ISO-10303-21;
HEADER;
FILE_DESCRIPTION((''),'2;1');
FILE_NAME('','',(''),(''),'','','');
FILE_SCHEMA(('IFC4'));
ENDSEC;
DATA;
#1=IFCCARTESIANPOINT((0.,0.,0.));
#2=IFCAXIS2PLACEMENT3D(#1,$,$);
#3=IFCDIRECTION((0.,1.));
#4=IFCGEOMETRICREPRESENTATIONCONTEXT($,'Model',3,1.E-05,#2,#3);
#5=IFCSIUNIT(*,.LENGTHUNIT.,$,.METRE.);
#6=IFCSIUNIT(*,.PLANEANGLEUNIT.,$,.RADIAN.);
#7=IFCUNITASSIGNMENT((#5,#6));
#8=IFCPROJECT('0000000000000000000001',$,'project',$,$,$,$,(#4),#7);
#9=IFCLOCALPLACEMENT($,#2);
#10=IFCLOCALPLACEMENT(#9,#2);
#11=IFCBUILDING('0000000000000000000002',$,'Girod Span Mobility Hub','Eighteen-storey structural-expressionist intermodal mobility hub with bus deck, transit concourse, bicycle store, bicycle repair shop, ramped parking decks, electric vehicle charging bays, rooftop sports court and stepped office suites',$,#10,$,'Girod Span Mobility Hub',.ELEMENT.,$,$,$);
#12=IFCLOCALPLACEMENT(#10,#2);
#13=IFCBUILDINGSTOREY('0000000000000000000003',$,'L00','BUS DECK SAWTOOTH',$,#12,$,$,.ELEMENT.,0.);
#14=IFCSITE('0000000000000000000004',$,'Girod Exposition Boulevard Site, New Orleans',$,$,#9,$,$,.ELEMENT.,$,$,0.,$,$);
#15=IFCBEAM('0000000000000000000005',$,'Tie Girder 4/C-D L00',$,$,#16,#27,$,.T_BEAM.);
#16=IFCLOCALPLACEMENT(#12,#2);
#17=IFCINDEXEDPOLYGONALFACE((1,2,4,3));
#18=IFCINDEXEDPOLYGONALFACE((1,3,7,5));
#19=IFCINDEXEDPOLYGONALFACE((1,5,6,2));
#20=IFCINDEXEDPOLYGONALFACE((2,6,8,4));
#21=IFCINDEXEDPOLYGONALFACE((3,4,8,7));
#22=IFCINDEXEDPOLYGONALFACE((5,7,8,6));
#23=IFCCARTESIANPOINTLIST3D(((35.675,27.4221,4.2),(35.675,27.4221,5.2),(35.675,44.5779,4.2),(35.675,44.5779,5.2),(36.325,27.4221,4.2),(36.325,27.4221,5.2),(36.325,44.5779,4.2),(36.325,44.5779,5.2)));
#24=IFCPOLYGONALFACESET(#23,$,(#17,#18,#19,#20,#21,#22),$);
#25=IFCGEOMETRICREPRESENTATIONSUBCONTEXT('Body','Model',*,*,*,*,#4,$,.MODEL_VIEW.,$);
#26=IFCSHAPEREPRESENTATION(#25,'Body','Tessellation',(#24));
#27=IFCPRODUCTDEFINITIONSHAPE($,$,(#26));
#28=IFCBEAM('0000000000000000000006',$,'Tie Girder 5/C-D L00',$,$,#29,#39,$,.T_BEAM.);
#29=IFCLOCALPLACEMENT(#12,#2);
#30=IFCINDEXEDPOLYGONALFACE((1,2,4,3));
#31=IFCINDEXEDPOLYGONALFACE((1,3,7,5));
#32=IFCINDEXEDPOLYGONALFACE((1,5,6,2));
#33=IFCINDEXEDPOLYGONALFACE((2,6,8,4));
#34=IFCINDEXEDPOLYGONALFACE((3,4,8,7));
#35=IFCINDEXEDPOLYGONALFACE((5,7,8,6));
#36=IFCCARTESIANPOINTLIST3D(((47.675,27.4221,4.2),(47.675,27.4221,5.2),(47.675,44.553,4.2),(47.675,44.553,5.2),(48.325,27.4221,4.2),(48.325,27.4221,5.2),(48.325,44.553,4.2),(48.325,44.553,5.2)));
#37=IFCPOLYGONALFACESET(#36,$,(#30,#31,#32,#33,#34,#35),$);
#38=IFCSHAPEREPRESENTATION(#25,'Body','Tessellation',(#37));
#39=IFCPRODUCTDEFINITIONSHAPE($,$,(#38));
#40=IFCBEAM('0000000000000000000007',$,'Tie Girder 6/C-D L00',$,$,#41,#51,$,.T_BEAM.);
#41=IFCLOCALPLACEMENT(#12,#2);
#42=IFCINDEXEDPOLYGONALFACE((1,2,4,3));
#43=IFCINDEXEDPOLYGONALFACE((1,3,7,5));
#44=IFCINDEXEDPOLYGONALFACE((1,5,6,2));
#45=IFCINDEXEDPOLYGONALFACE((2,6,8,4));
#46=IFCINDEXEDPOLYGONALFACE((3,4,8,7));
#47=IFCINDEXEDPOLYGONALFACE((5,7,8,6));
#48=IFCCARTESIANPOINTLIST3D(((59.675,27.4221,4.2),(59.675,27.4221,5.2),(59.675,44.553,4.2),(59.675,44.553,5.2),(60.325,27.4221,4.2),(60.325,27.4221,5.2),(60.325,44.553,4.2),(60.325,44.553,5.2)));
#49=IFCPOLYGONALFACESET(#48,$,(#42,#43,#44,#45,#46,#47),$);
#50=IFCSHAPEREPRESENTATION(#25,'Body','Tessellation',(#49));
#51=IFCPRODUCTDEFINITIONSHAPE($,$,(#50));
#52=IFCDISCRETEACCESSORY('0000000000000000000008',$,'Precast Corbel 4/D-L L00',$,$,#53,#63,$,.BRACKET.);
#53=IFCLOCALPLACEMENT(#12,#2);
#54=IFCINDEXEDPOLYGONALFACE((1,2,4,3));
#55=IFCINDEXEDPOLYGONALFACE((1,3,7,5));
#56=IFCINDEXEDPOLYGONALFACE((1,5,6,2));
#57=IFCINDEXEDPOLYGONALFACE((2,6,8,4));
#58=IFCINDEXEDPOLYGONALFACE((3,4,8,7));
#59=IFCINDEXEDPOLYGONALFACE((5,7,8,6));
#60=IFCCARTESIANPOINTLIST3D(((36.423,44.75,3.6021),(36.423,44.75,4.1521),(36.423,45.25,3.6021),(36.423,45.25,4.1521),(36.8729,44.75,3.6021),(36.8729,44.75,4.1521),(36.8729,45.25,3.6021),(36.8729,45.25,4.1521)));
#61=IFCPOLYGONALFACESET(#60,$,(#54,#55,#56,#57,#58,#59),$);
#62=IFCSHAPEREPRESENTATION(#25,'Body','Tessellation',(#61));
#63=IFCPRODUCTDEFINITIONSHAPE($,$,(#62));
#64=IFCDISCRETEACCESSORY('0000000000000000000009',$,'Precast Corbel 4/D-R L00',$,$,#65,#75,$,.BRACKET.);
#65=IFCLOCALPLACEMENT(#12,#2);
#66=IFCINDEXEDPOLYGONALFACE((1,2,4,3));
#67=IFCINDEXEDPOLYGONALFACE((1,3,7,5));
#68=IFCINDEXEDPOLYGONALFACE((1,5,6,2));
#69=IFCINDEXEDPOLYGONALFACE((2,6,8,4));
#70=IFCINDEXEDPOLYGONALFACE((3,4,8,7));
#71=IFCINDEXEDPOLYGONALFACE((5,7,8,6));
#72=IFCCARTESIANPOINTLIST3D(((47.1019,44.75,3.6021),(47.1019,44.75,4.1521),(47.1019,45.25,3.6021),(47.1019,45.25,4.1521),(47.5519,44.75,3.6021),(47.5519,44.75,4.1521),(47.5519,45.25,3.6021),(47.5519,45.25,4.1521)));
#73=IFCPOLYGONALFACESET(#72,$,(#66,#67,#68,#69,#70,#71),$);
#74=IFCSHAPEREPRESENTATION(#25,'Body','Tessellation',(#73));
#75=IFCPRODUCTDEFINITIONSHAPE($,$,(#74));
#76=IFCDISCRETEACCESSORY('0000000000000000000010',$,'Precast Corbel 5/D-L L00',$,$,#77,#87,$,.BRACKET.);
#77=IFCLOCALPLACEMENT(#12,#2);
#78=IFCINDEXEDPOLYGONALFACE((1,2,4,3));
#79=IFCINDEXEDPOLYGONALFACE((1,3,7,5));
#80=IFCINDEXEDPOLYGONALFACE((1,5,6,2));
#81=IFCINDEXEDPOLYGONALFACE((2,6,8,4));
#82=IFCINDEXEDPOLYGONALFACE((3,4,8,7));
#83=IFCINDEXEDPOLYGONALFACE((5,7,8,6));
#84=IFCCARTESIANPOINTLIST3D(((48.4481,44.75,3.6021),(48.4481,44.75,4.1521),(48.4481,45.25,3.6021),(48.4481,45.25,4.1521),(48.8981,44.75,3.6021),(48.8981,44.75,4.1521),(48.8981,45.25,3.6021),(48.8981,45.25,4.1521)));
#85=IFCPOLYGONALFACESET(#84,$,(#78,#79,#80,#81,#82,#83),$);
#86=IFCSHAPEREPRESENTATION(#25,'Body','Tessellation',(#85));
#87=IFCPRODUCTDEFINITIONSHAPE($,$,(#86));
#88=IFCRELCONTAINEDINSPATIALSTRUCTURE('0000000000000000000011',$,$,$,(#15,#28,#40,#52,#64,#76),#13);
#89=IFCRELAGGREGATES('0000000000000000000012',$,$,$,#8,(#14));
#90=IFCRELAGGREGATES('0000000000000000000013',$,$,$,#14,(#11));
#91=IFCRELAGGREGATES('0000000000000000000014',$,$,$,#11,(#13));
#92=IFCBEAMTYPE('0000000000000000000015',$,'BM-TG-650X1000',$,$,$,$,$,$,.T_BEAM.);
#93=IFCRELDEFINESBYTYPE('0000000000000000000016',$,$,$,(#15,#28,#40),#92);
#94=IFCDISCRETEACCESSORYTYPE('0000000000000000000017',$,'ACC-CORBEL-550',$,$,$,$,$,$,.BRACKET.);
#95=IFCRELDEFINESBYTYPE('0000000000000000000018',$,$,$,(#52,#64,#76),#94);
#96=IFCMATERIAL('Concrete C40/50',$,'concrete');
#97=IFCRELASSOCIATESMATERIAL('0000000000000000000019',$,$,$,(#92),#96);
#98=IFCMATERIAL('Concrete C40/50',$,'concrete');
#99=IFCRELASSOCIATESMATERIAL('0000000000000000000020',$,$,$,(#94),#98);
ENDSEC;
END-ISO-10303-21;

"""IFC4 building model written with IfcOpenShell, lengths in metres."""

from ifc_helpers import new_model, si_unit, direction, frame, origin, origin_2d, place, context, subcontext, project, spatial, rectangle, extrude, material, material_profile, profile_set, type_object, element, save


model = new_model("IFC4")

# Units and contexts
model_context = context("Model", 3, precision=1e-05, world=origin(), true_north=direction((0.0, 1.0)))
body_context = subcontext(model_context, "Body", "Model", "MODEL_VIEW")
ifc_project = project(units=[si_unit("LENGTHUNIT", "METRE"), si_unit("PLANEANGLEUNIT", "RADIAN")], contexts=[model_context])

# Site, building, storey
site_placement = place(None, origin())
site = spatial("IfcSite", under=ifc_project, at=site_placement, Name="Girod Exposition Boulevard Site, New Orleans", CompositionType="ELEMENT", RefElevation=0.0)
building_placement = place(site_placement, origin())
building = spatial("IfcBuilding", under=site, at=building_placement, Name="Girod Span Mobility Hub", Description="Eighteen-storey structural-expressionist intermodal mobility hub with bus deck, transit concourse, bicycle store, bicycle repair shop, ramped parking decks, electric vehicle charging bays, rooftop sports court and stepped office suites", LongName="Girod Span Mobility Hub", CompositionType="ELEMENT")
storey_placement = place(building_placement, origin())
storey = spatial("IfcBuildingStorey", under=building, at=storey_placement, Name="L00", Description="BUS DECK SAWTOOTH", CompositionType="ELEMENT", Elevation=0.0)

# Beams
ifc_material_1 = material(Name="Concrete C40/50", Category="concrete")
ifc_material_profile_1 = material_profile(ifc_material_1, rectangle(XDim=0.6499, YDim=1.0, at=origin_2d()), Name="TG-650X1000")
ifc_profile_set_1 = profile_set([ifc_material_profile_1], Name="Concrete C40/50")
beam_type_1 = type_object("IfcBeamType", Name="BM-TG-650X1000", PredefinedType="T_BEAM", material=ifc_profile_set_1)
beam_1_placement = place(storey_placement, frame((36.0, 27.4221, 4.7), z_axis=(0.0, 1.0, 0.0), x_axis=(-1.0, 0.0, 0.0)))
element("IfcBeam", 1, at=beam_1_placement, inside=storey, type_object=beam_type_1, Name="Tie Girder 4/C-D L00", PredefinedType="T_BEAM", context=body_context, shape_type="SweptSolid", body=[
    extrude(rectangle(XDim=0.6499, YDim=1.0, at=origin_2d()), origin(), (0.0, 0.0, 1.0), 17.1558),
])
for number, where, z_axis, x_axis, name in (
    (2, (48.0, 27.4221, 4.7), (0.0, 1.0, 0.0), (-1.0, 0.0, 0.0), "Tie Girder 5/C-D L00"),
    (3, (60.0, 27.4221, 4.7), (0.0, 1.0, 0.0), (-1.0, 0.0, 0.0), "Tie Girder 6/C-D L00"),
):
    element("IfcBeam", number, at=place(storey_placement, frame(where, z_axis=z_axis, x_axis=x_axis)), inside=storey, type_object=beam_type_1, Name=name, PredefinedType="T_BEAM", context=body_context, shape_type="SweptSolid", body=[
        extrude(rectangle(XDim=0.6499, YDim=1.0, at=origin_2d()), origin(), (0.0, 0.0, 1.0), 17.1309),
    ])

# Discrete accessories
ifc_material_2 = material(Name="Concrete C40/50", Category="concrete")
discrete_accessory_type = type_object("IfcDiscreteAccessoryType", Name="ACC-CORBEL-550", PredefinedType="BRACKET", material=ifc_material_2)
for number, where, z_axis, x_axis, name in (
    (4, (36.6479, 45.0, 3.6021), (0.0, 0.0, 1.0), (1.0, 0.0, 0.0), "Precast Corbel 4/D-L L00"),
    (5, (47.3269, 45.0, 3.6021), (0.0, 0.0, 1.0), (1.0, 0.0, 0.0), "Precast Corbel 4/D-R L00"),
    (6, (48.6731, 45.0, 3.6021), (0.0, 0.0, 1.0), (1.0, 0.0, 0.0), "Precast Corbel 5/D-L L00"),
):
    element("IfcDiscreteAccessory", number, at=place(storey_placement, frame(where, z_axis=z_axis, x_axis=x_axis)), inside=storey, type_object=discrete_accessory_type, Name=name, PredefinedType="BRACKET", context=body_context, shape_type="SweptSolid", body=[
        extrude(rectangle(XDim=0.45, YDim=0.5, at=origin_2d()), origin(), (0.0, 0.0, 1.0), 0.55),
    ])

save(model, "model.ifc")
